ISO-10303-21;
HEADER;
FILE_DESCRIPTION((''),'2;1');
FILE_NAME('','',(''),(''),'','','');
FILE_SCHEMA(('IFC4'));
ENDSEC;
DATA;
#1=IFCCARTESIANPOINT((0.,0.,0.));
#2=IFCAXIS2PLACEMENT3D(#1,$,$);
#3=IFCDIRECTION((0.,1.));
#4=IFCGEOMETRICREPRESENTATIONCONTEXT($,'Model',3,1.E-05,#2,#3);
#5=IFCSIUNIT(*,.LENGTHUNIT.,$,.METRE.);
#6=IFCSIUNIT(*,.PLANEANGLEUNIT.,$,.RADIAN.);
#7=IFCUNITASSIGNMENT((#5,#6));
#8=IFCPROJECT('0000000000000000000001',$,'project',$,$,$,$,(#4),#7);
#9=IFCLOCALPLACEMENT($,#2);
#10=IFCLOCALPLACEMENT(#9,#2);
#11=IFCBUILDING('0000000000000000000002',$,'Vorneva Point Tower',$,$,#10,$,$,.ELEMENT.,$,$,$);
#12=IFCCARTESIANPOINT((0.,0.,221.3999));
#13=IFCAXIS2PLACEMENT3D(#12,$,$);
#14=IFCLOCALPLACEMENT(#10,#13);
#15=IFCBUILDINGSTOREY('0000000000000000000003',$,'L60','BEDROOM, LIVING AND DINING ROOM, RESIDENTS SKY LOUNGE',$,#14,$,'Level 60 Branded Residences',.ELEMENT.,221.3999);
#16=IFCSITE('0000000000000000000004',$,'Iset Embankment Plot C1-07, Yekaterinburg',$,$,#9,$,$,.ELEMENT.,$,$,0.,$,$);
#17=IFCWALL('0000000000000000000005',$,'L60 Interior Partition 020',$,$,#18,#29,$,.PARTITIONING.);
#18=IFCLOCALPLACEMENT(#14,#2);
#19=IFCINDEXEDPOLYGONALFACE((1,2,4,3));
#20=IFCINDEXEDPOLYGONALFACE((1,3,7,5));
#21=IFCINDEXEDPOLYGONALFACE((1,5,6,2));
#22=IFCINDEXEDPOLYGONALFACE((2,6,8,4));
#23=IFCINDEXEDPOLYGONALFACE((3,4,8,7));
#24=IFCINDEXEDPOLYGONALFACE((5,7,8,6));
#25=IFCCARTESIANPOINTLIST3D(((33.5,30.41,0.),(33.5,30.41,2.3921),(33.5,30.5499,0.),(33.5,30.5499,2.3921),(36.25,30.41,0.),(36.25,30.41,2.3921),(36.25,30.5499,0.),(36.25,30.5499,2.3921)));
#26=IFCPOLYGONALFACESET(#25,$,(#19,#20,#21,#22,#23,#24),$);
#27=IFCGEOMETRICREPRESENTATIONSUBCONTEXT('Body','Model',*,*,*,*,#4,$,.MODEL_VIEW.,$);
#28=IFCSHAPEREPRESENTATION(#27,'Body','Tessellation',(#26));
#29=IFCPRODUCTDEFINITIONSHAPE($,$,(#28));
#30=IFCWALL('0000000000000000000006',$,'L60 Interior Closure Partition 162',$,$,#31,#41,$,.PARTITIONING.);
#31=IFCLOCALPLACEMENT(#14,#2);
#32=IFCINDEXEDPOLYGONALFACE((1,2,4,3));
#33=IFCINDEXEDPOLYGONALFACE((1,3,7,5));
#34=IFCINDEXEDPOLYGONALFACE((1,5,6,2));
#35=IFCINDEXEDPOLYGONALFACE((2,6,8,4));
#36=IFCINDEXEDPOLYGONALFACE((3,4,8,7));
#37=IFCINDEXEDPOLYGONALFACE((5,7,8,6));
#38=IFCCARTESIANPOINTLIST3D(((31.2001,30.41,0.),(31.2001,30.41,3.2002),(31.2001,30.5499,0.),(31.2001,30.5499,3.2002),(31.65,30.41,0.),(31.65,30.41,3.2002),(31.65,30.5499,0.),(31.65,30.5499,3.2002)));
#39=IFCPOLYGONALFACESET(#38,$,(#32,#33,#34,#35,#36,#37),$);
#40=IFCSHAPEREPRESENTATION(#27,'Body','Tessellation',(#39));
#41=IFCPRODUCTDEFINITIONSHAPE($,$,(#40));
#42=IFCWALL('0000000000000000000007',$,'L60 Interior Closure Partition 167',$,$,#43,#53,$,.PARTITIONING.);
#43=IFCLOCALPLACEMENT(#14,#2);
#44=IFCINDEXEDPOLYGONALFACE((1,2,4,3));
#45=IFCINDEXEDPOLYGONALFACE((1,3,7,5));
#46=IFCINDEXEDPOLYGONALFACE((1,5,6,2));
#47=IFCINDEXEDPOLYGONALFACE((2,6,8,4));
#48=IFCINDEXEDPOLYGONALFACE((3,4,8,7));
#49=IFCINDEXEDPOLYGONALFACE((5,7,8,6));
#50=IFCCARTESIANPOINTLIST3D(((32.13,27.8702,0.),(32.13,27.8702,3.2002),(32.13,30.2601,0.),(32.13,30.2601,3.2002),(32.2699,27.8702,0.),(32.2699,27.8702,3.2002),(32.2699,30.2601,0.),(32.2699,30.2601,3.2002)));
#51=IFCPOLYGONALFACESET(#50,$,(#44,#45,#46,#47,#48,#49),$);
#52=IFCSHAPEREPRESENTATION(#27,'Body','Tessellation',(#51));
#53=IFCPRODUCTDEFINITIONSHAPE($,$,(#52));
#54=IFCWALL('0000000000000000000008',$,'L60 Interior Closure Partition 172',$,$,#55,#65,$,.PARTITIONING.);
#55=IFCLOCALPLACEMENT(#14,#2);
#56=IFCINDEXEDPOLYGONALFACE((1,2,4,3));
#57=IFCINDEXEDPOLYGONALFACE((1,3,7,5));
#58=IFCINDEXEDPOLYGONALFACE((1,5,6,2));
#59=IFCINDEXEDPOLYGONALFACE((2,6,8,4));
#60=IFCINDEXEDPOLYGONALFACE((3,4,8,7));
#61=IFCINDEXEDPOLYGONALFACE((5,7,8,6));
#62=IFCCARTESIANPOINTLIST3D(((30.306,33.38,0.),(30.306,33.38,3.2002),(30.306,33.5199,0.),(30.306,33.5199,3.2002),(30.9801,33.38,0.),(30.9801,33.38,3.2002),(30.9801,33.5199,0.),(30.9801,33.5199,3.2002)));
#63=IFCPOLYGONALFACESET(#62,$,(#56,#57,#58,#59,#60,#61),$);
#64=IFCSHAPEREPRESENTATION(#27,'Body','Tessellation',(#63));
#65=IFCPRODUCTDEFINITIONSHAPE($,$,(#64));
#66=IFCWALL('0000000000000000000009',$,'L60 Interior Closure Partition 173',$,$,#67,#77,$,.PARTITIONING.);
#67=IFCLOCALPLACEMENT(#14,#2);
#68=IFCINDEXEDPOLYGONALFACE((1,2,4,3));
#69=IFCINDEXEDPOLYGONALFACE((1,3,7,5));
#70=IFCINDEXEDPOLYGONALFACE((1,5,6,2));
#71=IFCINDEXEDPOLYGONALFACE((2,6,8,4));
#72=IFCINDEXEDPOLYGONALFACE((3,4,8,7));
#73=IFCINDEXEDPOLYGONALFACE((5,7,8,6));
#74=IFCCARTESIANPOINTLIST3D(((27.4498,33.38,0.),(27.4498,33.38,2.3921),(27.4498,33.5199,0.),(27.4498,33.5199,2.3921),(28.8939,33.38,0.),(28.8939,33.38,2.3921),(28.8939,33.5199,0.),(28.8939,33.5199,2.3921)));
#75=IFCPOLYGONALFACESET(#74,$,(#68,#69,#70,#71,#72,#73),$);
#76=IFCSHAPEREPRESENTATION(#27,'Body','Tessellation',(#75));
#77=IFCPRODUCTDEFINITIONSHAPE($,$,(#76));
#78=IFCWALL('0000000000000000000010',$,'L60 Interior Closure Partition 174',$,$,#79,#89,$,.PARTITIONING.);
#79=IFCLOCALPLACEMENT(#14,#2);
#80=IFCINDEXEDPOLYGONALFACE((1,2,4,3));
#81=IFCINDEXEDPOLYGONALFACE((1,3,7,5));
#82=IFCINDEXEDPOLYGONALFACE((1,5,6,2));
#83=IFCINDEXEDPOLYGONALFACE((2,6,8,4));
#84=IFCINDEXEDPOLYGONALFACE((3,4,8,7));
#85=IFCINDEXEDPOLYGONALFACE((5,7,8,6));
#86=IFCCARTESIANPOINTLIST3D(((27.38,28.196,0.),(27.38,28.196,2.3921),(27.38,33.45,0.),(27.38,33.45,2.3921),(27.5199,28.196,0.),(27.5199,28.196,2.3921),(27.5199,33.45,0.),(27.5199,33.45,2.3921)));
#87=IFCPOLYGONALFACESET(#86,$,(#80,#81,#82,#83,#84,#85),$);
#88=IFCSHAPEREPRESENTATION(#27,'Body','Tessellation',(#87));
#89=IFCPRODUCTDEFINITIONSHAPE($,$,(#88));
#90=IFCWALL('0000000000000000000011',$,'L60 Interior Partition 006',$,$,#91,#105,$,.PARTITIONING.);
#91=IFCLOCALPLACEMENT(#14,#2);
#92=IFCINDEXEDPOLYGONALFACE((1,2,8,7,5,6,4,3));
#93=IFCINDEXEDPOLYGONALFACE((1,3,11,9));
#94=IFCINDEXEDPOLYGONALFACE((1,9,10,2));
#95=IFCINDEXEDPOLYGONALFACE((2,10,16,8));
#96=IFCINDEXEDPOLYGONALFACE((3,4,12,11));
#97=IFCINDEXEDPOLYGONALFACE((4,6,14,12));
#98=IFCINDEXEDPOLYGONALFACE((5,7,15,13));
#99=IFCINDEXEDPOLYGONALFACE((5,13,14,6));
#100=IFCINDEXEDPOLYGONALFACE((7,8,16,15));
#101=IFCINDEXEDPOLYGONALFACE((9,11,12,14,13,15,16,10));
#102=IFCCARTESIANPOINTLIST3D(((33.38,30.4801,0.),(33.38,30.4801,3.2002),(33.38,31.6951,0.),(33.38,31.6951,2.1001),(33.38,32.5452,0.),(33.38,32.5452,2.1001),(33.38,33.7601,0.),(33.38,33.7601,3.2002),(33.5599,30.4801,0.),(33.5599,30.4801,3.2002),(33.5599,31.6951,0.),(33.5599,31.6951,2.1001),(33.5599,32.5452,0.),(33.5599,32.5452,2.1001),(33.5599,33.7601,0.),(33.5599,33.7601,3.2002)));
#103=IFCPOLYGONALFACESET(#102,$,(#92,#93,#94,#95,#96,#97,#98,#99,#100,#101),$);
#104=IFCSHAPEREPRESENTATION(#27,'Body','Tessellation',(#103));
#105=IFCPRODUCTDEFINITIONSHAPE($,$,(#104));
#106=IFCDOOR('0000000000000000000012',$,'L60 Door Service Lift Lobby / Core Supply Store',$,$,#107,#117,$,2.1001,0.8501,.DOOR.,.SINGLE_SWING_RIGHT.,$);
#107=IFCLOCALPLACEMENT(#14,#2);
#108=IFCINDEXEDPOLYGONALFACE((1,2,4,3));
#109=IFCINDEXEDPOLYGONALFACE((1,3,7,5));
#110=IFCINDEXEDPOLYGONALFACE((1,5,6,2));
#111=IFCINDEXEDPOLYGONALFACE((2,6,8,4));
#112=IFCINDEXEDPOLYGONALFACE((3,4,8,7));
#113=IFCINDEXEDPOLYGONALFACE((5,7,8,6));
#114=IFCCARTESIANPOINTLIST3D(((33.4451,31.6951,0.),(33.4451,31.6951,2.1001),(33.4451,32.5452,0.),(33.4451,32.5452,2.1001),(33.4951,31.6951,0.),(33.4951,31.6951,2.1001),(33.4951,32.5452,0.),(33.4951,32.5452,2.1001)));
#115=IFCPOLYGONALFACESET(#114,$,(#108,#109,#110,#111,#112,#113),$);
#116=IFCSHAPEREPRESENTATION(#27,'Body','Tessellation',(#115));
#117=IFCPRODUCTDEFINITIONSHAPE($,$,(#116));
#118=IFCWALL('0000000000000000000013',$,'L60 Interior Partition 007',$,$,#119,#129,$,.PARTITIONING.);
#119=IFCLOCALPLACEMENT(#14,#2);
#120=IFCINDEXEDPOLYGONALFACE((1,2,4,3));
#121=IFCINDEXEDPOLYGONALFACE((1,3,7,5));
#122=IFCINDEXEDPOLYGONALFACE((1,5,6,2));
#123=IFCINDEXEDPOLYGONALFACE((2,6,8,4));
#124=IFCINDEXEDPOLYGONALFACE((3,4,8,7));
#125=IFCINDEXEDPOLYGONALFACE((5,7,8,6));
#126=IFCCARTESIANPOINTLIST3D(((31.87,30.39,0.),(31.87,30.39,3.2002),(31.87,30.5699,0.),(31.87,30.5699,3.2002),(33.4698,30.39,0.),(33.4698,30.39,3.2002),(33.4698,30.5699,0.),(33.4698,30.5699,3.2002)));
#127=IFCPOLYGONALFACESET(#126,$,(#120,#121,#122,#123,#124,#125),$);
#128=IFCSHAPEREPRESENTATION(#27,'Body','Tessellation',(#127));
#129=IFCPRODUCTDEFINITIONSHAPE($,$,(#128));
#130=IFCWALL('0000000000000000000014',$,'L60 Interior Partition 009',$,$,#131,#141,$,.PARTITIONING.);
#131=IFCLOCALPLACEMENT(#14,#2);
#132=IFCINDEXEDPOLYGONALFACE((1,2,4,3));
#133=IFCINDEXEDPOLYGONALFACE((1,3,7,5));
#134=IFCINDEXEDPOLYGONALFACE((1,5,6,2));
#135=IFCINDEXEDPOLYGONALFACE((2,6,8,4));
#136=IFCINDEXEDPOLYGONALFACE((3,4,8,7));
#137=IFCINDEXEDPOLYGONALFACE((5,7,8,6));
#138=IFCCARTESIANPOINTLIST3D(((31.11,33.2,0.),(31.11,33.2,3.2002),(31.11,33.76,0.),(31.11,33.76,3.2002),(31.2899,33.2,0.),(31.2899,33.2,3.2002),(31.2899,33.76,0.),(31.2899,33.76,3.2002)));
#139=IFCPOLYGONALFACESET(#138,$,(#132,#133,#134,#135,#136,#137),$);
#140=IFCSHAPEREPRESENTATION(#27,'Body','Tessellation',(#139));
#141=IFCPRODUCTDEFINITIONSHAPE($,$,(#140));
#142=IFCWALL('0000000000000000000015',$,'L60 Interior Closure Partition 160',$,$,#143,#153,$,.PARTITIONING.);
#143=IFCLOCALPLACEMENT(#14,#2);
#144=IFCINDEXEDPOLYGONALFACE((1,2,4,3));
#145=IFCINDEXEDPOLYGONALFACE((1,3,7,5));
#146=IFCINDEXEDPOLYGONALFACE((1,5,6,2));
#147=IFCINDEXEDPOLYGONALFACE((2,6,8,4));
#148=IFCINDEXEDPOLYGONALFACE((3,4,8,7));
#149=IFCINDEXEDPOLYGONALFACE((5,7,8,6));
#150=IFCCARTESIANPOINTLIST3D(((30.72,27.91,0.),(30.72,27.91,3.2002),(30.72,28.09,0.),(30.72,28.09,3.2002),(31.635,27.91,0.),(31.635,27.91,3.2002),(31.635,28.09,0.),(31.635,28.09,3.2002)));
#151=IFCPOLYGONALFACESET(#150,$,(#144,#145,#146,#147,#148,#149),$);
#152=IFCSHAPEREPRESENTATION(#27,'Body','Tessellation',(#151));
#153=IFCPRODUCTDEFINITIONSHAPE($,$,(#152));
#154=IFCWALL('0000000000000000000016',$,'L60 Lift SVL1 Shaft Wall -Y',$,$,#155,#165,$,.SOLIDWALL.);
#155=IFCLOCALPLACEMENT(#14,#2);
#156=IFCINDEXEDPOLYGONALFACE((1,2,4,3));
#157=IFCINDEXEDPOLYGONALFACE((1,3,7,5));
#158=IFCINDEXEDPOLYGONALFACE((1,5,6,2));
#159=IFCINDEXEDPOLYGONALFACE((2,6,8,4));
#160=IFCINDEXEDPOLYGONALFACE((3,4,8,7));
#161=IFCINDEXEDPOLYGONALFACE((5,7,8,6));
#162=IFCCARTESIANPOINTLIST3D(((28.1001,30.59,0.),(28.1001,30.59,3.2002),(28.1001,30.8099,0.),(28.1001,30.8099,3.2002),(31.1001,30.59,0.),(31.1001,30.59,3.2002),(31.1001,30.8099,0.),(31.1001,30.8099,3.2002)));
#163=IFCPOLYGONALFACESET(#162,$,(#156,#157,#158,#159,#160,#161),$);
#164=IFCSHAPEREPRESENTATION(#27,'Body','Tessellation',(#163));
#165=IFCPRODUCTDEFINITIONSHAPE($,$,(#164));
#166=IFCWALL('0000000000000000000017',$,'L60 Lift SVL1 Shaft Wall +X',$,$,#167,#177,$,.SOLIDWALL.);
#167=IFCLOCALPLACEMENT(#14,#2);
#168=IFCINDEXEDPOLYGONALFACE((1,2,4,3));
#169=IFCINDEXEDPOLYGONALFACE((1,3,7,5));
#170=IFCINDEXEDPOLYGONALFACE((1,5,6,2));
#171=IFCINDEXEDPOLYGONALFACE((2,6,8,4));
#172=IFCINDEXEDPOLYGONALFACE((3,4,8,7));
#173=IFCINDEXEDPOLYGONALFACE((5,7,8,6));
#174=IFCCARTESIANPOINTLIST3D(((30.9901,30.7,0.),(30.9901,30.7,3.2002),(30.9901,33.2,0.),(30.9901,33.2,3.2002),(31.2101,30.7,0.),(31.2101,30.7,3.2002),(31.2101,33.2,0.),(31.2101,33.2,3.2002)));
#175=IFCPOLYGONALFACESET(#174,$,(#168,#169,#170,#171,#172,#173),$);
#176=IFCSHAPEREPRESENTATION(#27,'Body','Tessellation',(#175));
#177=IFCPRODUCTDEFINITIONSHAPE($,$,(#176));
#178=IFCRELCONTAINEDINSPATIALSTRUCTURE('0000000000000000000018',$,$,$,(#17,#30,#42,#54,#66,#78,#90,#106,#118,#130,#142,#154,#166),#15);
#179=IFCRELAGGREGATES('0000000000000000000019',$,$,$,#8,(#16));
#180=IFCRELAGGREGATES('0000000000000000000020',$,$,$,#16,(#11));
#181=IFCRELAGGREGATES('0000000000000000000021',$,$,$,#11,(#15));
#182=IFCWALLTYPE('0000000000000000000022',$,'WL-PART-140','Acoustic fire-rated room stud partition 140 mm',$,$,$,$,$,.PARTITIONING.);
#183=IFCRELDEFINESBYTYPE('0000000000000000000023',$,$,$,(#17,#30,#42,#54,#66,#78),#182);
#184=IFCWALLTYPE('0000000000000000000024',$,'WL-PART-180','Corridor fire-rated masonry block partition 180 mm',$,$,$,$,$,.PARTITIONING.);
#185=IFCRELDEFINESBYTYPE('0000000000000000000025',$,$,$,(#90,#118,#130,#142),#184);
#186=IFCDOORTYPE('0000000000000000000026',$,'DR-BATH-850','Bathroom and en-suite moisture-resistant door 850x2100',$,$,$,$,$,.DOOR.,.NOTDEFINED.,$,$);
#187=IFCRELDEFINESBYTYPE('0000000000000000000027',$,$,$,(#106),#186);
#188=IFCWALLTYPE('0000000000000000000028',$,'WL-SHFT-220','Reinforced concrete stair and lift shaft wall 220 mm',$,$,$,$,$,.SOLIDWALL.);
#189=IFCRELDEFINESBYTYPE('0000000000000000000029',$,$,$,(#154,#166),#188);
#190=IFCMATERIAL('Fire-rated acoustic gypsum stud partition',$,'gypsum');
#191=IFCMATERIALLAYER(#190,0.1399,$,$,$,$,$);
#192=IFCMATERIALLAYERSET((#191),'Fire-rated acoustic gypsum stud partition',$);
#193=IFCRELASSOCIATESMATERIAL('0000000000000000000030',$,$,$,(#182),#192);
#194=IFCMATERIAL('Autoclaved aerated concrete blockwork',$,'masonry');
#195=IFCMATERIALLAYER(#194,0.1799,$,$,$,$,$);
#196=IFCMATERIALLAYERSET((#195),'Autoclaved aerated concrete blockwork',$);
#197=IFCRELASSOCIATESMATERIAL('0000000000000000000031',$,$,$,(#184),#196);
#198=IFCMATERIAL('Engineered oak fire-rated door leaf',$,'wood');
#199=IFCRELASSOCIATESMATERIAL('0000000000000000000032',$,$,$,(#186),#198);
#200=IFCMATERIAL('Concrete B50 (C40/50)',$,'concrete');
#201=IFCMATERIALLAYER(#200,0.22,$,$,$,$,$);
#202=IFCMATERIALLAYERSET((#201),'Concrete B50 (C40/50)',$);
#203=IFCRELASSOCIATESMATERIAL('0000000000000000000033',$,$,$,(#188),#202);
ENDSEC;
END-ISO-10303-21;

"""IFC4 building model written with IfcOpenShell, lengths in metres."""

from ifc_helpers import new_model, si_unit, direction, frame, frame_2d, origin, place, context, subcontext, project, spatial, rectangle, extrude, material, layer, layer_set, type_object, element, fill, save


model = new_model("IFC4")

# Units and contexts
model_context = context("Model", 3, precision=1e-05, world=origin(), true_north=direction((0.0, 1.0)))
body_context = subcontext(model_context, "Body", "Model", "MODEL_VIEW")
ifc_project = project(units=[si_unit("LENGTHUNIT", "METRE"), si_unit("PLANEANGLEUNIT", "RADIAN")], contexts=[model_context])

# Site, building, storey
site_placement = place(None, origin())
site = spatial("IfcSite", under=ifc_project, at=site_placement, Name="Iset Embankment Plot C1-07, Yekaterinburg", CompositionType="ELEMENT", RefElevation=0.0)
building_placement = place(site_placement, origin())
building = spatial("IfcBuilding", under=site, at=building_placement, Name="Vorneva Point Tower", CompositionType="ELEMENT")
storey_placement = place(building_placement, frame((0.0, 0.0, 221.3999)))
storey = spatial("IfcBuildingStorey", under=building, at=storey_placement, Name="L60", Description="BEDROOM, LIVING AND DINING ROOM, RESIDENTS SKY LOUNGE", LongName="Level 60 Branded Residences", CompositionType="ELEMENT", Elevation=221.3999)

# Shared definitions
ifc_material_1 = material(Name="Concrete B50 (C40/50)", Category="concrete")

# Walls
ifc_material_2 = material(Name="Fire-rated acoustic gypsum stud partition", Category="gypsum")
ifc_layer_1 = layer(ifc_material_2, 0.1399)
ifc_layer_set_1 = layer_set([ifc_layer_1], Name="Fire-rated acoustic gypsum stud partition")
wall_type_1 = type_object("IfcWallType", Name="WL-PART-140", Description="Acoustic fire-rated room stud partition 140 mm", PredefinedType="PARTITIONING", material=ifc_layer_set_1)
wall_1_placement = place(storey_placement, frame((33.5, 30.48, 0.0), z_axis=(0.0, 0.0, 1.0), x_axis=(1.0, 0.0, 0.0)))
element("IfcWall", 1, at=wall_1_placement, inside=storey, type_object=wall_type_1, Name="L60 Interior Partition 020", PredefinedType="PARTITIONING", context=body_context, shape_type="SweptSolid", body=[
    extrude(rectangle(XDim=2.75, YDim=0.1399, at=frame_2d((1.375, 0.0))), origin(), (0.0, 0.0, 1.0), 2.3921),
])
wall_2_placement = place(storey_placement, frame((31.2, 30.48, 0.0), z_axis=(0.0, 0.0, 1.0), x_axis=(1.0, 0.0, 0.0)))
element("IfcWall", 2, at=wall_2_placement, inside=storey, type_object=wall_type_1, Name="L60 Interior Closure Partition 162", PredefinedType="PARTITIONING", context=body_context, shape_type="SweptSolid", body=[
    extrude(rectangle(XDim=0.45, YDim=0.1399, at=frame_2d((0.2251, 0.0))), origin(), (0.0, 0.0, 1.0), 3.2002),
])
wall_3_placement = place(storey_placement, frame((32.2, 30.26, 0.0), z_axis=(0.0, 0.0, 1.0), x_axis=(0.0, -1.0, 0.0)))
element("IfcWall", 3, at=wall_3_placement, inside=storey, type_object=wall_type_1, Name="L60 Interior Closure Partition 167", PredefinedType="PARTITIONING", context=body_context, shape_type="SweptSolid", body=[
    extrude(rectangle(XDim=2.3899, YDim=0.1399, at=frame_2d((1.1948, 0.0))), origin(), (0.0, 0.0, 1.0), 3.2002),
])
wall_4_placement = place(storey_placement, frame((30.98, 33.45, 0.0), z_axis=(0.0, 0.0, 1.0), x_axis=(-1.0, 0.0, 0.0)))
element("IfcWall", 4, at=wall_4_placement, inside=storey, type_object=wall_type_1, Name="L60 Interior Closure Partition 172", PredefinedType="PARTITIONING", context=body_context, shape_type="SweptSolid", body=[
    extrude(rectangle(XDim=0.6741, YDim=0.1399, at=frame_2d((0.3369, 0.0))), origin(), (0.0, 0.0, 1.0), 3.2002),
])
wall_5_placement = place(storey_placement, frame((28.894, 33.45, 0.0), z_axis=(0.0, 0.0, 1.0), x_axis=(-1.0, 0.0, 0.0)))
element("IfcWall", 5, at=wall_5_placement, inside=storey, type_object=wall_type_1, Name="L60 Interior Closure Partition 173", PredefinedType="PARTITIONING", context=body_context, shape_type="SweptSolid", body=[
    extrude(rectangle(XDim=1.4441, YDim=0.1399, at=frame_2d((0.7222, 0.0))), origin(), (0.0, 0.0, 1.0), 2.3921),
])
wall_6_placement = place(storey_placement, frame((27.45, 33.45, 0.0), z_axis=(0.0, 0.0, 1.0), x_axis=(0.0, -1.0, 0.0)))
element("IfcWall", 6, at=wall_6_placement, inside=storey, type_object=wall_type_1, Name="L60 Interior Closure Partition 174", PredefinedType="PARTITIONING", context=body_context, shape_type="SweptSolid", body=[
    extrude(rectangle(XDim=5.2539, YDim=0.1399, at=frame_2d((2.627, 0.0))), origin(), (0.0, 0.0, 1.0), 2.3921),
])

# Wall, opening, door
ifc_material_3 = material(Name="Autoclaved aerated concrete blockwork", Category="masonry")
ifc_layer_2 = layer(ifc_material_3, 0.1799)
ifc_layer_set_2 = layer_set([ifc_layer_2], Name="Autoclaved aerated concrete blockwork")
wall_type_2 = type_object("IfcWallType", Name="WL-PART-180", Description="Corridor fire-rated masonry block partition 180 mm", PredefinedType="PARTITIONING", material=ifc_layer_set_2)
wall_7_placement = place(storey_placement, frame((33.47, 30.48, 0.0), z_axis=(0.0, 0.0, 1.0), x_axis=(0.0, 1.0, 0.0)))
wall_7 = element("IfcWall", 7, at=wall_7_placement, inside=storey, type_object=wall_type_2, Name="L60 Interior Partition 006", PredefinedType="PARTITIONING", context=body_context, shape_type="SweptSolid", body=[
    extrude(rectangle(XDim=3.28, YDim=0.1799, at=frame_2d((1.6401, 0.0))), origin(), (0.0, 0.0, 1.0), 3.2002),
])
opening_1_placement = place(wall_7_placement, frame((1.2151, 0.0, 0.0)))
opening_1 = element("IfcOpeningElement", 8, at=opening_1_placement, cuts=wall_7, PredefinedType="OPENING", context=body_context, shape_type="SweptSolid", body=[
    extrude(rectangle(XDim=0.8501, YDim=2.1001, at=frame_2d((0.425, 1.05))), frame((0.0, 0.105, 0.0), z_axis=(0.0, -1.0, 0.0), x_axis=(1.0, 0.0, 0.0)), (0.0, 0.0, 1.0), 0.2097),
])
ifc_material_4 = material(Name="Engineered oak fire-rated door leaf", Category="wood")
door_type_1 = type_object("IfcDoorType", Name="DR-BATH-850", Description="Bathroom and en-suite moisture-resistant door 850x2100", OperationType="NOTDEFINED", PredefinedType="DOOR", material=ifc_material_4)
door_1_placement = place(opening_1_placement, origin())
door_1 = element("IfcDoor", 9, at=door_1_placement, inside=storey, type_object=door_type_1, Name="L60 Door Service Lift Lobby / Core Supply Store", OperationType="SINGLE_SWING_RIGHT", OverallHeight=2.1001, OverallWidth=0.8501, PredefinedType="DOOR", context=body_context, shape_type="SweptSolid", body=[
    extrude(rectangle(XDim=0.8501, YDim=2.1001, at=frame_2d((0.425, 1.05))), frame((0.0, 0.0249, 0.0), z_axis=(0.0, -1.0, 0.0), x_axis=(1.0, 0.0, 0.0)), (0.0, 0.0, 1.0), 0.05),
])
fill(opening_1, door_1)

# Walls
wall_8_placement = place(storey_placement, frame((31.8701, 30.48, 0.0), z_axis=(0.0, 0.0, 1.0), x_axis=(1.0, 0.0, 0.0)))
element("IfcWall", 10, at=wall_8_placement, inside=storey, type_object=wall_type_2, Name="L60 Interior Partition 007", PredefinedType="PARTITIONING", context=body_context, shape_type="SweptSolid", body=[
    extrude(rectangle(XDim=1.5999, YDim=0.1799, at=frame_2d((0.7998, 0.0))), origin(), (0.0, 0.0, 1.0), 3.2002),
])
wall_9_placement = place(storey_placement, frame((31.2, 33.76, 0.0), z_axis=(0.0, 0.0, 1.0), x_axis=(0.0, -1.0, 0.0)))
element("IfcWall", 11, at=wall_9_placement, inside=storey, type_object=wall_type_2, Name="L60 Interior Partition 009", PredefinedType="PARTITIONING", context=body_context, shape_type="SweptSolid", body=[
    extrude(rectangle(XDim=0.5601, YDim=0.1799, at=frame_2d((0.28, 0.0))), origin(), (0.0, 0.0, 1.0), 3.2002),
])
wall_10_placement = place(storey_placement, frame((31.635, 28.0, 0.0), z_axis=(0.0, 0.0, 1.0), x_axis=(-1.0, 0.0, 0.0)))
element("IfcWall", 12, at=wall_10_placement, inside=storey, type_object=wall_type_2, Name="L60 Interior Closure Partition 160", PredefinedType="PARTITIONING", context=body_context, shape_type="SweptSolid", body=[
    extrude(rectangle(XDim=0.915, YDim=0.1799, at=frame_2d((0.4575, 0.0))), origin(), (0.0, 0.0, 1.0), 3.2002),
])
ifc_layer_3 = layer(ifc_material_1, 0.22)
ifc_layer_set_3 = layer_set([ifc_layer_3], Name="Concrete B50 (C40/50)")
wall_type_3 = type_object("IfcWallType", Name="WL-SHFT-220", Description="Reinforced concrete stair and lift shaft wall 220 mm", PredefinedType="SOLIDWALL", material=ifc_layer_set_3)
wall_11_placement = place(storey_placement, frame((28.1001, 30.7, 0.0), z_axis=(0.0, 0.0, 1.0), x_axis=(1.0, 0.0, 0.0)))
element("IfcWall", 13, at=wall_11_placement, inside=storey, type_object=wall_type_3, Name="L60 Lift SVL1 Shaft Wall -Y", PredefinedType="SOLIDWALL", context=body_context, shape_type="SweptSolid", body=[
    extrude(rectangle(XDim=3.0, YDim=0.22, at=frame_2d((1.5, 0.0))), origin(), (0.0, 0.0, 1.0), 3.2002),
])
wall_12_placement = place(storey_placement, frame((31.1001, 30.7, 0.0), z_axis=(0.0, 0.0, 1.0), x_axis=(0.0, 1.0, 0.0)))
element("IfcWall", 14, at=wall_12_placement, inside=storey, type_object=wall_type_3, Name="L60 Lift SVL1 Shaft Wall +X", PredefinedType="SOLIDWALL", context=body_context, shape_type="SweptSolid", body=[
    extrude(rectangle(XDim=2.5, YDim=0.22, at=frame_2d((1.25, 0.0))), origin(), (0.0, 0.0, 1.0), 3.2002),
])

save(model, "model.ifc")
